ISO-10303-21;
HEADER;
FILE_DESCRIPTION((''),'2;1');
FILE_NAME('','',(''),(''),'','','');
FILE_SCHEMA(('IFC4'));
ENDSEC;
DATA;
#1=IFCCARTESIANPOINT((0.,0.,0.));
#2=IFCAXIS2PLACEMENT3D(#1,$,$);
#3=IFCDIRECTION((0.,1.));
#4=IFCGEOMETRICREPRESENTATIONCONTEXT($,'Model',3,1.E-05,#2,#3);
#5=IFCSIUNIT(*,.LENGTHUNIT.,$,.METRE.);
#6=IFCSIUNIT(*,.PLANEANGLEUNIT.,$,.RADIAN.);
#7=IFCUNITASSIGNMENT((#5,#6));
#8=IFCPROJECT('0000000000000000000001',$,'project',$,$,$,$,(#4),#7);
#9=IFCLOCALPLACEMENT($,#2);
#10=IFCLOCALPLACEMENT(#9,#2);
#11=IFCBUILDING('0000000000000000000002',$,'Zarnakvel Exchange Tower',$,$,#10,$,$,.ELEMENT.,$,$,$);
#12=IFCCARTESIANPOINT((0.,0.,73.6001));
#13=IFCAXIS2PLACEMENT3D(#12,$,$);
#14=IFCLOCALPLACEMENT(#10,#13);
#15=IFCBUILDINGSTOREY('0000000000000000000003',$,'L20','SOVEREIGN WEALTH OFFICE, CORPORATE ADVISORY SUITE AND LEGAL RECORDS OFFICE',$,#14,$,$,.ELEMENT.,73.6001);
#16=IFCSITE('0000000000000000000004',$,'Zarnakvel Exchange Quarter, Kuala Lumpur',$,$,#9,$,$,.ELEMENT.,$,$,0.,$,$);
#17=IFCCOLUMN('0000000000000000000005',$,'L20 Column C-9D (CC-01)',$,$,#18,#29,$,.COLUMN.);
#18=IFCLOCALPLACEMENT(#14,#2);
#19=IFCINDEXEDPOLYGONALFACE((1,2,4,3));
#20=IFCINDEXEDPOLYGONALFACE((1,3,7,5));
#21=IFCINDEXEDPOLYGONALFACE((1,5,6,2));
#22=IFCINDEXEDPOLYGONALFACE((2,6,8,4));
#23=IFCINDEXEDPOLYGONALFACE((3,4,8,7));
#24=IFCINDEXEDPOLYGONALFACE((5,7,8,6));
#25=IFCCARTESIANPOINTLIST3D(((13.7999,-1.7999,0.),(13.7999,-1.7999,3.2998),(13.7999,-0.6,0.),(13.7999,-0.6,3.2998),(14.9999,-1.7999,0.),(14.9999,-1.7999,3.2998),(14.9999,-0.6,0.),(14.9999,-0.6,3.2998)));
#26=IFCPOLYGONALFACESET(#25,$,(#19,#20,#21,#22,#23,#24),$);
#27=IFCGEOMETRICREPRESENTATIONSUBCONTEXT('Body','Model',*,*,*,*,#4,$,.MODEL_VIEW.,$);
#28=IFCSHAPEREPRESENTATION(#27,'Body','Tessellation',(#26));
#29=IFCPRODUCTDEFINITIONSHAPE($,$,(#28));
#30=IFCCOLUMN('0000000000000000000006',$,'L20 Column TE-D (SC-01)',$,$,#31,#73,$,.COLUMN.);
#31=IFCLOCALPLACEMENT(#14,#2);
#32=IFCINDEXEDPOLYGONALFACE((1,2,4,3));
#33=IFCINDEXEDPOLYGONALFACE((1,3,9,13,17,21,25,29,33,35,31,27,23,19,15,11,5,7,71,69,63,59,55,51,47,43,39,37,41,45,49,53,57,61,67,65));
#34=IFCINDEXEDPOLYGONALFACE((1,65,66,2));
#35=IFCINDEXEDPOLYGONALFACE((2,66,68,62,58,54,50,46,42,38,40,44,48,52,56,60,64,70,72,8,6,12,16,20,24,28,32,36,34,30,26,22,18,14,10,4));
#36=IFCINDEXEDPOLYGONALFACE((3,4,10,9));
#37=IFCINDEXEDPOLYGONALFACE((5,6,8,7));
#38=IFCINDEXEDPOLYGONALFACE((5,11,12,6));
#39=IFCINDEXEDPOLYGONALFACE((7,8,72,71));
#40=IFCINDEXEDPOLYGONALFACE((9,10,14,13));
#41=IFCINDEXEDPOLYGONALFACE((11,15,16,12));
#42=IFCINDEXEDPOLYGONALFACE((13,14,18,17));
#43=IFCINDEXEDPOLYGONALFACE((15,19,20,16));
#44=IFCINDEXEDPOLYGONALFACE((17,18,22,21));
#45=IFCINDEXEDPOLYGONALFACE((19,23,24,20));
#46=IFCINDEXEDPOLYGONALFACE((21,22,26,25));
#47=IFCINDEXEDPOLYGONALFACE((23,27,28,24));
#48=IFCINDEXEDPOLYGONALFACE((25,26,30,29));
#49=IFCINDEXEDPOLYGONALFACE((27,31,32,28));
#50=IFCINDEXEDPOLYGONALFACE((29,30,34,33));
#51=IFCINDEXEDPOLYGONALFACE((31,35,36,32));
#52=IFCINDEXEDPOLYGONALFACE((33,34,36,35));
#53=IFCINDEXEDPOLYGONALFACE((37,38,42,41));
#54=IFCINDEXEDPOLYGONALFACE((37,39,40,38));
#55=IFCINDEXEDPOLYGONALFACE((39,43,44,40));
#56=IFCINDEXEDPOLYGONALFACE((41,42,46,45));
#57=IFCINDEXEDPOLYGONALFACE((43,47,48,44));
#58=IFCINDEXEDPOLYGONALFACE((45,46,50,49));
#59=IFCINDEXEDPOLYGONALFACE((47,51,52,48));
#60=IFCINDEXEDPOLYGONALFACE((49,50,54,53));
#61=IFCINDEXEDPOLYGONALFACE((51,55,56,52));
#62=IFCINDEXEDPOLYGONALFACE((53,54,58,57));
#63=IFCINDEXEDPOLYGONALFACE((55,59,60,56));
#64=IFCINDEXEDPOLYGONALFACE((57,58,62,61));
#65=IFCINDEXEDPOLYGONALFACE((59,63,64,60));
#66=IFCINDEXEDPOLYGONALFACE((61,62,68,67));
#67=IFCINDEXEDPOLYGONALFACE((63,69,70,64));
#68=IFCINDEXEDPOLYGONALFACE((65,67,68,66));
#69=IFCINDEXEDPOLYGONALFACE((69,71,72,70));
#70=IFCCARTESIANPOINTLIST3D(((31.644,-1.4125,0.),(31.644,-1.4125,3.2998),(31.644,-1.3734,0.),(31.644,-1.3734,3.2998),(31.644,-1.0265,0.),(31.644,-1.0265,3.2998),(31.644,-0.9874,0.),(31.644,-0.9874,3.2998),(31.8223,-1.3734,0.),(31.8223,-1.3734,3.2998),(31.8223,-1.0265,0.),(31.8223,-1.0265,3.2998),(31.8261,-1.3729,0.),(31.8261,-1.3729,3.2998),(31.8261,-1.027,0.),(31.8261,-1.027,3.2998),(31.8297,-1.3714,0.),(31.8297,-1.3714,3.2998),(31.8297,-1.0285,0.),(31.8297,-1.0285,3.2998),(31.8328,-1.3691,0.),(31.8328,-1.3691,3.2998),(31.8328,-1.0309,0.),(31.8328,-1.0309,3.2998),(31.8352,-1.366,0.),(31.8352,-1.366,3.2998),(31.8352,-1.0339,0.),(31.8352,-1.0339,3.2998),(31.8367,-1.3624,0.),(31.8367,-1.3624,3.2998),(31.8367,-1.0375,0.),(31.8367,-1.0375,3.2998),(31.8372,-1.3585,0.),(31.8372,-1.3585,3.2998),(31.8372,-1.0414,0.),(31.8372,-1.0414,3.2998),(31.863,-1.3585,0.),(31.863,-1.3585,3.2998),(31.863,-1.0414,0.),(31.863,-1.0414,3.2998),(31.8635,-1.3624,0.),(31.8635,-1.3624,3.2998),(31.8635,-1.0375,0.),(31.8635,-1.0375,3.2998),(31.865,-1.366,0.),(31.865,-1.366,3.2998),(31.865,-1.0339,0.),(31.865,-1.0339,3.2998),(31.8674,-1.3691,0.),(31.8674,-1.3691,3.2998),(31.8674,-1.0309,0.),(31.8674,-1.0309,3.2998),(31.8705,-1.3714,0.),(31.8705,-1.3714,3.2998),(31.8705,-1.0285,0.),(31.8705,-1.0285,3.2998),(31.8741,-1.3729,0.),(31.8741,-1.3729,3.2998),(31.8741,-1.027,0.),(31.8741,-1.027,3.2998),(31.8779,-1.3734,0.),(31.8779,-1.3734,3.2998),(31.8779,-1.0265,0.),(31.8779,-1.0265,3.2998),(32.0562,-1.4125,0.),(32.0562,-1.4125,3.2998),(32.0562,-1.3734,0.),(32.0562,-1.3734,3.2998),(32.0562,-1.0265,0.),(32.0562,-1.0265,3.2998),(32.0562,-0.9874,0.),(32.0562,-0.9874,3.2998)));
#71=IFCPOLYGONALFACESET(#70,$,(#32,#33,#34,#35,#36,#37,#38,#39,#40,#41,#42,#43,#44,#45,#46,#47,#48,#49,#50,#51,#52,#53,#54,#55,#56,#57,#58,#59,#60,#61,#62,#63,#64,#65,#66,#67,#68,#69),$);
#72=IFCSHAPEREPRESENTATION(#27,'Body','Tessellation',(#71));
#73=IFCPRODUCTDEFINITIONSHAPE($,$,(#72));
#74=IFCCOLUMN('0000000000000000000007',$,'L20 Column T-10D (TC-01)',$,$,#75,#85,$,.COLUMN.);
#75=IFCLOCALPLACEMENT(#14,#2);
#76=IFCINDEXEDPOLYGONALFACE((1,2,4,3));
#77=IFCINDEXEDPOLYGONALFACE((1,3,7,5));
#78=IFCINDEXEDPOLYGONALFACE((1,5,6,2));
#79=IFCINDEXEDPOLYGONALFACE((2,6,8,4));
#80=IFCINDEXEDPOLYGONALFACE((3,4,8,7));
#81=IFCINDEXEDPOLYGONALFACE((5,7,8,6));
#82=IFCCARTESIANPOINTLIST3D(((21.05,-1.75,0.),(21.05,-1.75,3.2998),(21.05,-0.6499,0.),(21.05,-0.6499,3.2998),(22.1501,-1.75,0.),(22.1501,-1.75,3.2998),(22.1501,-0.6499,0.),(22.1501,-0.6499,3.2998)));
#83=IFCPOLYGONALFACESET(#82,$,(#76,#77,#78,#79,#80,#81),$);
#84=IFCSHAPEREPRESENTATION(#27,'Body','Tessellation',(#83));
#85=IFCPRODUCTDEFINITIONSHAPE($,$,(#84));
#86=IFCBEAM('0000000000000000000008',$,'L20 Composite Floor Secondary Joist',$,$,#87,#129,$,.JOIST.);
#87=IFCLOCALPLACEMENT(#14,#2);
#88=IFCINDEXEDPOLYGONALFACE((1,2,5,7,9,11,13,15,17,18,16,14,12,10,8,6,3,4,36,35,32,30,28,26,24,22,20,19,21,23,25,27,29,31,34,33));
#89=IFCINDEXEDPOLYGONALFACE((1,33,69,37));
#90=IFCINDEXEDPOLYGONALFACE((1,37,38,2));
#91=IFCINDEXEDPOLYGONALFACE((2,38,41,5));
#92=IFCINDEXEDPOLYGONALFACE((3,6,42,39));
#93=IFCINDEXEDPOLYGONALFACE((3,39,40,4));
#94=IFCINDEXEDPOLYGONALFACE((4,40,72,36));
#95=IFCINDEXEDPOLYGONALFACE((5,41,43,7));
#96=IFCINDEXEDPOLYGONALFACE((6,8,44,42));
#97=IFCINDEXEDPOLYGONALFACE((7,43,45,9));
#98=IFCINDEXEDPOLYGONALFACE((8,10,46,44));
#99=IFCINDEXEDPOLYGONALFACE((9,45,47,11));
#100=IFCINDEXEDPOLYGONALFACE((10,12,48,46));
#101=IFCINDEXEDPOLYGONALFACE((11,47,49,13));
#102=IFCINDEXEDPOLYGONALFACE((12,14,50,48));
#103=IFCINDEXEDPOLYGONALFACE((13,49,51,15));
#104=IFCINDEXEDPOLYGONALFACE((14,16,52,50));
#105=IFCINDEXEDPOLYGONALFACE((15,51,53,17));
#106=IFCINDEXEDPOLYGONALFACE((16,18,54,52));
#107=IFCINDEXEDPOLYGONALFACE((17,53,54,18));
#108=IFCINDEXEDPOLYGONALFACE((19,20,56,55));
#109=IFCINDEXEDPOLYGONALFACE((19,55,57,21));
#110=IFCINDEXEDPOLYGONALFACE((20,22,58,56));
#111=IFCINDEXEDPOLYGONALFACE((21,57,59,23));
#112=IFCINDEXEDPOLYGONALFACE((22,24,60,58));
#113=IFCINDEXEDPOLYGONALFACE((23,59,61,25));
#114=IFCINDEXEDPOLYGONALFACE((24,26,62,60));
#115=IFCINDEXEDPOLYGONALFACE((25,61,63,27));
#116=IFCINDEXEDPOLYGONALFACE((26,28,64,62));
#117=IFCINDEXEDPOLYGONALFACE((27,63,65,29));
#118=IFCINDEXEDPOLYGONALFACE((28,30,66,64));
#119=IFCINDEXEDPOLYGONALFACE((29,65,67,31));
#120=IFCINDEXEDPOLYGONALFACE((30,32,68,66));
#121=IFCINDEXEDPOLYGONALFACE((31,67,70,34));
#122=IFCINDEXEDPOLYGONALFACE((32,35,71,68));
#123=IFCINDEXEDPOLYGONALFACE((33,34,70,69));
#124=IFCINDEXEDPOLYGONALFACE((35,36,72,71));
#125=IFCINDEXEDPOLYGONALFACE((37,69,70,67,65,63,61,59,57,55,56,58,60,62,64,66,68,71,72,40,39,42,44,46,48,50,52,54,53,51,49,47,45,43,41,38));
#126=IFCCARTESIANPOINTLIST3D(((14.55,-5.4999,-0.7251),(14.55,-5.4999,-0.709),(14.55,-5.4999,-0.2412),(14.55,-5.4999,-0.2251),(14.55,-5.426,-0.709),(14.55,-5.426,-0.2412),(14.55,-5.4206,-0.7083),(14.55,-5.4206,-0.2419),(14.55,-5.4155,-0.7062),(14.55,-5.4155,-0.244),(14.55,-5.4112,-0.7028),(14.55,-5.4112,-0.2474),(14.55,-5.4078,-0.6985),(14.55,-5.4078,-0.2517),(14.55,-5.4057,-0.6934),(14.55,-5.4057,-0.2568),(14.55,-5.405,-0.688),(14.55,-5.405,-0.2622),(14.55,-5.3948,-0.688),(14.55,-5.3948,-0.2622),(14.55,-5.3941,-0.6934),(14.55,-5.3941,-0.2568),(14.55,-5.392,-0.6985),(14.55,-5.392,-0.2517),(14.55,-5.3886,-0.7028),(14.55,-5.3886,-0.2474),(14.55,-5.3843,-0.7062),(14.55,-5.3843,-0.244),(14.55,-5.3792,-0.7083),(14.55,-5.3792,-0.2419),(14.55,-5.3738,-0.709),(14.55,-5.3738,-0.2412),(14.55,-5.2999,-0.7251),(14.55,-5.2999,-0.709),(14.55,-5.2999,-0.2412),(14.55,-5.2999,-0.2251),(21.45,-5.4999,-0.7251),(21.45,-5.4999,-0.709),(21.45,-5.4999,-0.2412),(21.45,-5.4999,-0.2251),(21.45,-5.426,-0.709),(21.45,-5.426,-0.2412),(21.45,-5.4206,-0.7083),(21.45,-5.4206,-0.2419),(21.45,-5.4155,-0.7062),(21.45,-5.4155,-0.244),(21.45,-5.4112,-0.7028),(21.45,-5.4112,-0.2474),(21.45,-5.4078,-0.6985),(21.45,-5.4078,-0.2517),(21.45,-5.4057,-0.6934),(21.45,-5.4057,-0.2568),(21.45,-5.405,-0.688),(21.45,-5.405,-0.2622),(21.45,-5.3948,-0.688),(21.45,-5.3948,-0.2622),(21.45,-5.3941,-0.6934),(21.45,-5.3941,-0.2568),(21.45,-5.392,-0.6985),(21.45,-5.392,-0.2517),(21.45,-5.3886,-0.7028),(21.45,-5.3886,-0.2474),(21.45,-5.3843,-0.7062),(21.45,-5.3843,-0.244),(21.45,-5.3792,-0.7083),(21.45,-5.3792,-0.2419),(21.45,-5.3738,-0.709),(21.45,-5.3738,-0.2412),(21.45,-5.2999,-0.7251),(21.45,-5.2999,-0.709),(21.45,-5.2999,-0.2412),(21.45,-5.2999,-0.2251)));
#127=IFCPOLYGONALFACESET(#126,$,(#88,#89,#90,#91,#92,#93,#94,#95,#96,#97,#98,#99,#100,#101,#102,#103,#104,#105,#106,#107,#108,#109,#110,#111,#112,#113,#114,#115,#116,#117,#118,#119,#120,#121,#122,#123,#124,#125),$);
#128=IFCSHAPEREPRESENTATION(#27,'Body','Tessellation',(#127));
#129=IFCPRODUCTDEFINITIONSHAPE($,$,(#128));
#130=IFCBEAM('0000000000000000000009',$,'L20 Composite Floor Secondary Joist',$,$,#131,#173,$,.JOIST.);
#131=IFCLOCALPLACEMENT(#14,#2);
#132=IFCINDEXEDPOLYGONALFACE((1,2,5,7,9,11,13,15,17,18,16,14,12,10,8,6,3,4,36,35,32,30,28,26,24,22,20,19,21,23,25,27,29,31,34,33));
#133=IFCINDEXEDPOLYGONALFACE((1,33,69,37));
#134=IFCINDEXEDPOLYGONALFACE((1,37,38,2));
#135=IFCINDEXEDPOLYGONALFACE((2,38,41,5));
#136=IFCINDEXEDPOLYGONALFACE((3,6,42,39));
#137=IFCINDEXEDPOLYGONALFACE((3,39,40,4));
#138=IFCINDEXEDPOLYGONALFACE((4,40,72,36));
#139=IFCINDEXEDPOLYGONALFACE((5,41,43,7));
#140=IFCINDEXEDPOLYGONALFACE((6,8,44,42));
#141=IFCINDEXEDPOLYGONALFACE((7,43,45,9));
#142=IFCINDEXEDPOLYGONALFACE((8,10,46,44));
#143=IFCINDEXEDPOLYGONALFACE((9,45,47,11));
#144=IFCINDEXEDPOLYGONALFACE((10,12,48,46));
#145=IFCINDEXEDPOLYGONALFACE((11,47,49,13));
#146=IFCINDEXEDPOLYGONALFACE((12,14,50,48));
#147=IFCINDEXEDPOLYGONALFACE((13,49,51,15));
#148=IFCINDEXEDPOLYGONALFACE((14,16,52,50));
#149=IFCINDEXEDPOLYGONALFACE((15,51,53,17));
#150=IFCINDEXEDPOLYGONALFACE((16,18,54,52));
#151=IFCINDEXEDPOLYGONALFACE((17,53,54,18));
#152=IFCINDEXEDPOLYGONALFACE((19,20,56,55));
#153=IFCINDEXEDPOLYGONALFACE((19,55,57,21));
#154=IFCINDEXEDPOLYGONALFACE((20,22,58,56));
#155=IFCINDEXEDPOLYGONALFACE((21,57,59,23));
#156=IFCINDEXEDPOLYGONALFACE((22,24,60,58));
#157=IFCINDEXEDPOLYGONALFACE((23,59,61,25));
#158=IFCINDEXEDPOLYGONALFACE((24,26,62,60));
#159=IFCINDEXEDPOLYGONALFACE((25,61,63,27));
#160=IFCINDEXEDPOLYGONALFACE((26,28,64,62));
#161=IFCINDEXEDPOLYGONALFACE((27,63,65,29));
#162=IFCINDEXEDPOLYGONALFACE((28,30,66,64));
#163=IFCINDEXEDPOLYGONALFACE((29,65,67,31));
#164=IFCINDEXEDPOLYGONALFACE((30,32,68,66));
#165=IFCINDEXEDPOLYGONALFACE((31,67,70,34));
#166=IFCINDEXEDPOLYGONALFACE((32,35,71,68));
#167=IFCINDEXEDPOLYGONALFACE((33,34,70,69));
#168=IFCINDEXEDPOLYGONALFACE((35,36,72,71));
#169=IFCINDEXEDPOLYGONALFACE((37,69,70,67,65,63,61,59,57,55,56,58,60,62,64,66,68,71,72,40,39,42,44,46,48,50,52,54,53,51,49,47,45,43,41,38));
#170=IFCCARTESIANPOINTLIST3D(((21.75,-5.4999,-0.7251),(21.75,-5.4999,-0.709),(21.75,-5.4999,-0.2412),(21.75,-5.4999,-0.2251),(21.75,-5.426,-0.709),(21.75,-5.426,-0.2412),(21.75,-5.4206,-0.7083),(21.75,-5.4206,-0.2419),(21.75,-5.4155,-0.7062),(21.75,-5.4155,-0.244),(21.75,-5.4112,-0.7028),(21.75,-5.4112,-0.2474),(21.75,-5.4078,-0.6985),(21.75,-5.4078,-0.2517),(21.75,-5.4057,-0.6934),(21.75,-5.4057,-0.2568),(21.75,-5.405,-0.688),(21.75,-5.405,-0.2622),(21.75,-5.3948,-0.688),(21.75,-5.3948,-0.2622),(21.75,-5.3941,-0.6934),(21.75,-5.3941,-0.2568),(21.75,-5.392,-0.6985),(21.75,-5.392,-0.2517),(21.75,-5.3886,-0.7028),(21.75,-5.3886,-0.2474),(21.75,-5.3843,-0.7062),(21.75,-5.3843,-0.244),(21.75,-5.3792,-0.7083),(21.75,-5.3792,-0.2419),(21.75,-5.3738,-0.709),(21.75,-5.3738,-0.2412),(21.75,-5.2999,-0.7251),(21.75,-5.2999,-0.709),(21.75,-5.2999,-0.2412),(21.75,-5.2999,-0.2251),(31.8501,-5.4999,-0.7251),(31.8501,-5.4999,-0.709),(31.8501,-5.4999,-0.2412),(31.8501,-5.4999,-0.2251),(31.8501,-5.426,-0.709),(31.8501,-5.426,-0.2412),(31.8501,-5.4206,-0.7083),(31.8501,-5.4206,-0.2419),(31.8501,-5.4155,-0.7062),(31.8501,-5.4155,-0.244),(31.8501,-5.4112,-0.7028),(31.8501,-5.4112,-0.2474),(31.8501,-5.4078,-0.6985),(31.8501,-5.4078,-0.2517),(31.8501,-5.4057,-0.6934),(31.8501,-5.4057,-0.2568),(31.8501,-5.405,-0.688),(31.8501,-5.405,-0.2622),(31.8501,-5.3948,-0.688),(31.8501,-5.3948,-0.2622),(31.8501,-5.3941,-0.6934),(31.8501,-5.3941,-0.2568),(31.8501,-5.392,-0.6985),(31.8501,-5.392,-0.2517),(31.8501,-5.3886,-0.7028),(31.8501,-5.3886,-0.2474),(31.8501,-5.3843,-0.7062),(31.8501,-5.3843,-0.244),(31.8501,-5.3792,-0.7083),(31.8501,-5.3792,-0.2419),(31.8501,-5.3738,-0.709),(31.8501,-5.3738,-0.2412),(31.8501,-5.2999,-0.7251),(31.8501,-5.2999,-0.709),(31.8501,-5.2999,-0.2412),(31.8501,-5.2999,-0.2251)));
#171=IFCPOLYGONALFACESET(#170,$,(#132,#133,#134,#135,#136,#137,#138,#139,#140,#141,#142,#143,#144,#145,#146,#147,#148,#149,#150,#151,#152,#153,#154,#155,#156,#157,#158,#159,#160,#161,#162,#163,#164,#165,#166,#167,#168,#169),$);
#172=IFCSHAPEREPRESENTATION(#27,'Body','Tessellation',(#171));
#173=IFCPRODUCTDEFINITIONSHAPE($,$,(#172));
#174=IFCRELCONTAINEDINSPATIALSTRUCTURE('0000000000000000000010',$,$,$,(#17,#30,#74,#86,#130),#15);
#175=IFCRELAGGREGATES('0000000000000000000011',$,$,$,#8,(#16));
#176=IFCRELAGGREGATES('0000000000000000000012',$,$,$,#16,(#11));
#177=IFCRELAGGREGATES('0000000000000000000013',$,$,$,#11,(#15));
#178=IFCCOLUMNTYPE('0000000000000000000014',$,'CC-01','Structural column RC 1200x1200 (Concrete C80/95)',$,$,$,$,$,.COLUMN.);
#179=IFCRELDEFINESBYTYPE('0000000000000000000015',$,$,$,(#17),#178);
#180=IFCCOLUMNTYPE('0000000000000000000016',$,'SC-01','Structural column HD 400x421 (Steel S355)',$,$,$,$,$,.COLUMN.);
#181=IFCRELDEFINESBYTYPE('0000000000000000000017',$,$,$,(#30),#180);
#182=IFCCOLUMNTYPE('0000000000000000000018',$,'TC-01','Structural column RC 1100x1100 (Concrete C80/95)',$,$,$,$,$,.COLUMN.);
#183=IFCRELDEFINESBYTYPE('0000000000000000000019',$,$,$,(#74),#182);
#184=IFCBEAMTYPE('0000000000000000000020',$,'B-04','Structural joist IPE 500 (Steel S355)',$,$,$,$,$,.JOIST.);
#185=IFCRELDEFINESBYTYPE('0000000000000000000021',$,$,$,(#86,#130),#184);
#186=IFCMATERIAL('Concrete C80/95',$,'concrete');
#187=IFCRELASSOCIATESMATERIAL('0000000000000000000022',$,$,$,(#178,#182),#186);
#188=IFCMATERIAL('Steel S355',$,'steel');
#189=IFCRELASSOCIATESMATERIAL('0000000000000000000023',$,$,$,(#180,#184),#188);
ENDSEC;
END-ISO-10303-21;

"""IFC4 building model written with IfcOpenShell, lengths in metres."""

from ifc_helpers import new_model, si_unit, direction, frame, origin, origin_2d, place, context, subcontext, project, spatial, rectangle, i_section, extrude, material, material_profile, profile_set, type_object, element, save


model = new_model("IFC4")

# Units and contexts
model_context = context("Model", 3, precision=1e-05, world=origin(), true_north=direction((0.0, 1.0)))
body_context = subcontext(model_context, "Body", "Model", "MODEL_VIEW")
ifc_project = project(units=[si_unit("LENGTHUNIT", "METRE"), si_unit("PLANEANGLEUNIT", "RADIAN")], contexts=[model_context])

# Site, building, storey
site_placement = place(None, origin())
site = spatial("IfcSite", under=ifc_project, at=site_placement, Name="Zarnakvel Exchange Quarter, Kuala Lumpur", CompositionType="ELEMENT", RefElevation=0.0)
building_placement = place(site_placement, origin())
building = spatial("IfcBuilding", under=site, at=building_placement, Name="Zarnakvel Exchange Tower", CompositionType="ELEMENT")
storey_placement = place(building_placement, frame((0.0, 0.0, 73.6001)))
storey = spatial("IfcBuildingStorey", under=building, at=storey_placement, Name="L20", Description="SOVEREIGN WEALTH OFFICE, CORPORATE ADVISORY SUITE AND LEGAL RECORDS OFFICE", CompositionType="ELEMENT", Elevation=73.6001)

# Columns
ifc_material_1 = material(Name="Concrete C80/95", Category="concrete")
ifc_material_profile_1 = material_profile(ifc_material_1, rectangle(XDim=1.2, YDim=1.2, at=origin_2d()))
ifc_profile_set_1 = profile_set([ifc_material_profile_1], Name="Concrete C80/95")
column_type_1 = type_object("IfcColumnType", Name="CC-01", Description="Structural column RC 1200x1200 (Concrete C80/95)", PredefinedType="COLUMN", material=ifc_profile_set_1)
column_1_placement = place(storey_placement, frame((14.3999, -1.2, 0.0), z_axis=(0.0, 0.0, 1.0), x_axis=(1.0, 0.0, 0.0)))
element("IfcColumn", 1, at=column_1_placement, inside=storey, type_object=column_type_1, Name="L20 Column C-9D (CC-01)", PredefinedType="COLUMN", context=body_context, shape_type="SweptSolid", body=[
    extrude(rectangle(XDim=1.2, YDim=1.2, at=origin_2d()), origin(), (0.0, 0.0, 1.0), 3.2998),
])
ifc_material_2 = material(Name="Steel S355", Category="steel")
ifc_material_profile_2 = material_profile(ifc_material_2, i_section(OverallWidth=0.4121, OverallDepth=0.425, WebThickness=0.0259, FlangeThickness=0.0391, FilletRadius=0.0149, at=origin_2d()))
ifc_profile_set_2 = profile_set([ifc_material_profile_2], Name="Steel S355")
column_type_2 = type_object("IfcColumnType", Name="SC-01", Description="Structural column HD 400x421 (Steel S355)", PredefinedType="COLUMN", material=ifc_profile_set_2)
column_2_placement = place(storey_placement, frame((31.8501, -1.2, 0.0), z_axis=(0.0, 0.0, 1.0), x_axis=(1.0, 0.0, 0.0)))
element("IfcColumn", 2, at=column_2_placement, inside=storey, type_object=column_type_2, Name="L20 Column TE-D (SC-01)", PredefinedType="COLUMN", context=body_context, shape_type="SweptSolid", body=[
    extrude(i_section(OverallWidth=0.4121, OverallDepth=0.425, WebThickness=0.0259, FlangeThickness=0.0391, FilletRadius=0.0149, at=origin_2d()), origin(), (0.0, 0.0, 1.0), 3.2998),
])
ifc_material_profile_3 = material_profile(ifc_material_1, rectangle(XDim=1.1001, YDim=1.1001, at=origin_2d()))
ifc_profile_set_3 = profile_set([ifc_material_profile_3], Name="Concrete C80/95")
column_type_3 = type_object("IfcColumnType", Name="TC-01", Description="Structural column RC 1100x1100 (Concrete C80/95)", PredefinedType="COLUMN", material=ifc_profile_set_3)
column_3_placement = place(storey_placement, frame((21.6001, -1.2, 0.0), z_axis=(0.0, 0.0, 1.0), x_axis=(1.0, 0.0, 0.0)))
element("IfcColumn", 3, at=column_3_placement, inside=storey, type_object=column_type_3, Name="L20 Column T-10D (TC-01)", PredefinedType="COLUMN", context=body_context, shape_type="SweptSolid", body=[
    extrude(rectangle(XDim=1.1001, YDim=1.1001, at=origin_2d()), origin(), (0.0, 0.0, 1.0), 3.2998),
])

# Beams
ifc_material_profile_4 = material_profile(ifc_material_2, i_section(OverallWidth=0.2, OverallDepth=0.5, WebThickness=0.0103, FlangeThickness=0.0161, FilletRadius=0.021, at=origin_2d()))
ifc_profile_set_4 = profile_set([ifc_material_profile_4], Name="Steel S355")
beam_type_1 = type_object("IfcBeamType", Name="B-04", Description="Structural joist IPE 500 (Steel S355)", PredefinedType="JOIST", material=ifc_profile_set_4)
beam_1_placement = place(storey_placement, frame((14.55, -5.3999, -0.4751), z_axis=(1.0, 0.0, 0.0), x_axis=(0.0, 1.0, 0.0)))
element("IfcBeam", 4, at=beam_1_placement, inside=storey, type_object=beam_type_1, Name="L20 Composite Floor Secondary Joist", PredefinedType="JOIST", context=body_context, shape_type="SweptSolid", body=[
    extrude(i_section(OverallWidth=0.2, OverallDepth=0.5, WebThickness=0.0103, FlangeThickness=0.0161, FilletRadius=0.021, at=origin_2d()), origin(), (0.0, 0.0, 1.0), 6.8999),
])
beam_2_placement = place(storey_placement, frame((21.75, -5.3999, -0.4751), z_axis=(1.0, 0.0, 0.0), x_axis=(0.0, 1.0, 0.0)))
element("IfcBeam", 5, at=beam_2_placement, inside=storey, type_object=beam_type_1, Name="L20 Composite Floor Secondary Joist", PredefinedType="JOIST", context=body_context, shape_type="SweptSolid", body=[
    extrude(i_section(OverallWidth=0.2, OverallDepth=0.5, WebThickness=0.0103, FlangeThickness=0.0161, FilletRadius=0.021, at=origin_2d()), origin(), (0.0, 0.0, 1.0), 10.1001),
])

save(model, "model.ifc")
